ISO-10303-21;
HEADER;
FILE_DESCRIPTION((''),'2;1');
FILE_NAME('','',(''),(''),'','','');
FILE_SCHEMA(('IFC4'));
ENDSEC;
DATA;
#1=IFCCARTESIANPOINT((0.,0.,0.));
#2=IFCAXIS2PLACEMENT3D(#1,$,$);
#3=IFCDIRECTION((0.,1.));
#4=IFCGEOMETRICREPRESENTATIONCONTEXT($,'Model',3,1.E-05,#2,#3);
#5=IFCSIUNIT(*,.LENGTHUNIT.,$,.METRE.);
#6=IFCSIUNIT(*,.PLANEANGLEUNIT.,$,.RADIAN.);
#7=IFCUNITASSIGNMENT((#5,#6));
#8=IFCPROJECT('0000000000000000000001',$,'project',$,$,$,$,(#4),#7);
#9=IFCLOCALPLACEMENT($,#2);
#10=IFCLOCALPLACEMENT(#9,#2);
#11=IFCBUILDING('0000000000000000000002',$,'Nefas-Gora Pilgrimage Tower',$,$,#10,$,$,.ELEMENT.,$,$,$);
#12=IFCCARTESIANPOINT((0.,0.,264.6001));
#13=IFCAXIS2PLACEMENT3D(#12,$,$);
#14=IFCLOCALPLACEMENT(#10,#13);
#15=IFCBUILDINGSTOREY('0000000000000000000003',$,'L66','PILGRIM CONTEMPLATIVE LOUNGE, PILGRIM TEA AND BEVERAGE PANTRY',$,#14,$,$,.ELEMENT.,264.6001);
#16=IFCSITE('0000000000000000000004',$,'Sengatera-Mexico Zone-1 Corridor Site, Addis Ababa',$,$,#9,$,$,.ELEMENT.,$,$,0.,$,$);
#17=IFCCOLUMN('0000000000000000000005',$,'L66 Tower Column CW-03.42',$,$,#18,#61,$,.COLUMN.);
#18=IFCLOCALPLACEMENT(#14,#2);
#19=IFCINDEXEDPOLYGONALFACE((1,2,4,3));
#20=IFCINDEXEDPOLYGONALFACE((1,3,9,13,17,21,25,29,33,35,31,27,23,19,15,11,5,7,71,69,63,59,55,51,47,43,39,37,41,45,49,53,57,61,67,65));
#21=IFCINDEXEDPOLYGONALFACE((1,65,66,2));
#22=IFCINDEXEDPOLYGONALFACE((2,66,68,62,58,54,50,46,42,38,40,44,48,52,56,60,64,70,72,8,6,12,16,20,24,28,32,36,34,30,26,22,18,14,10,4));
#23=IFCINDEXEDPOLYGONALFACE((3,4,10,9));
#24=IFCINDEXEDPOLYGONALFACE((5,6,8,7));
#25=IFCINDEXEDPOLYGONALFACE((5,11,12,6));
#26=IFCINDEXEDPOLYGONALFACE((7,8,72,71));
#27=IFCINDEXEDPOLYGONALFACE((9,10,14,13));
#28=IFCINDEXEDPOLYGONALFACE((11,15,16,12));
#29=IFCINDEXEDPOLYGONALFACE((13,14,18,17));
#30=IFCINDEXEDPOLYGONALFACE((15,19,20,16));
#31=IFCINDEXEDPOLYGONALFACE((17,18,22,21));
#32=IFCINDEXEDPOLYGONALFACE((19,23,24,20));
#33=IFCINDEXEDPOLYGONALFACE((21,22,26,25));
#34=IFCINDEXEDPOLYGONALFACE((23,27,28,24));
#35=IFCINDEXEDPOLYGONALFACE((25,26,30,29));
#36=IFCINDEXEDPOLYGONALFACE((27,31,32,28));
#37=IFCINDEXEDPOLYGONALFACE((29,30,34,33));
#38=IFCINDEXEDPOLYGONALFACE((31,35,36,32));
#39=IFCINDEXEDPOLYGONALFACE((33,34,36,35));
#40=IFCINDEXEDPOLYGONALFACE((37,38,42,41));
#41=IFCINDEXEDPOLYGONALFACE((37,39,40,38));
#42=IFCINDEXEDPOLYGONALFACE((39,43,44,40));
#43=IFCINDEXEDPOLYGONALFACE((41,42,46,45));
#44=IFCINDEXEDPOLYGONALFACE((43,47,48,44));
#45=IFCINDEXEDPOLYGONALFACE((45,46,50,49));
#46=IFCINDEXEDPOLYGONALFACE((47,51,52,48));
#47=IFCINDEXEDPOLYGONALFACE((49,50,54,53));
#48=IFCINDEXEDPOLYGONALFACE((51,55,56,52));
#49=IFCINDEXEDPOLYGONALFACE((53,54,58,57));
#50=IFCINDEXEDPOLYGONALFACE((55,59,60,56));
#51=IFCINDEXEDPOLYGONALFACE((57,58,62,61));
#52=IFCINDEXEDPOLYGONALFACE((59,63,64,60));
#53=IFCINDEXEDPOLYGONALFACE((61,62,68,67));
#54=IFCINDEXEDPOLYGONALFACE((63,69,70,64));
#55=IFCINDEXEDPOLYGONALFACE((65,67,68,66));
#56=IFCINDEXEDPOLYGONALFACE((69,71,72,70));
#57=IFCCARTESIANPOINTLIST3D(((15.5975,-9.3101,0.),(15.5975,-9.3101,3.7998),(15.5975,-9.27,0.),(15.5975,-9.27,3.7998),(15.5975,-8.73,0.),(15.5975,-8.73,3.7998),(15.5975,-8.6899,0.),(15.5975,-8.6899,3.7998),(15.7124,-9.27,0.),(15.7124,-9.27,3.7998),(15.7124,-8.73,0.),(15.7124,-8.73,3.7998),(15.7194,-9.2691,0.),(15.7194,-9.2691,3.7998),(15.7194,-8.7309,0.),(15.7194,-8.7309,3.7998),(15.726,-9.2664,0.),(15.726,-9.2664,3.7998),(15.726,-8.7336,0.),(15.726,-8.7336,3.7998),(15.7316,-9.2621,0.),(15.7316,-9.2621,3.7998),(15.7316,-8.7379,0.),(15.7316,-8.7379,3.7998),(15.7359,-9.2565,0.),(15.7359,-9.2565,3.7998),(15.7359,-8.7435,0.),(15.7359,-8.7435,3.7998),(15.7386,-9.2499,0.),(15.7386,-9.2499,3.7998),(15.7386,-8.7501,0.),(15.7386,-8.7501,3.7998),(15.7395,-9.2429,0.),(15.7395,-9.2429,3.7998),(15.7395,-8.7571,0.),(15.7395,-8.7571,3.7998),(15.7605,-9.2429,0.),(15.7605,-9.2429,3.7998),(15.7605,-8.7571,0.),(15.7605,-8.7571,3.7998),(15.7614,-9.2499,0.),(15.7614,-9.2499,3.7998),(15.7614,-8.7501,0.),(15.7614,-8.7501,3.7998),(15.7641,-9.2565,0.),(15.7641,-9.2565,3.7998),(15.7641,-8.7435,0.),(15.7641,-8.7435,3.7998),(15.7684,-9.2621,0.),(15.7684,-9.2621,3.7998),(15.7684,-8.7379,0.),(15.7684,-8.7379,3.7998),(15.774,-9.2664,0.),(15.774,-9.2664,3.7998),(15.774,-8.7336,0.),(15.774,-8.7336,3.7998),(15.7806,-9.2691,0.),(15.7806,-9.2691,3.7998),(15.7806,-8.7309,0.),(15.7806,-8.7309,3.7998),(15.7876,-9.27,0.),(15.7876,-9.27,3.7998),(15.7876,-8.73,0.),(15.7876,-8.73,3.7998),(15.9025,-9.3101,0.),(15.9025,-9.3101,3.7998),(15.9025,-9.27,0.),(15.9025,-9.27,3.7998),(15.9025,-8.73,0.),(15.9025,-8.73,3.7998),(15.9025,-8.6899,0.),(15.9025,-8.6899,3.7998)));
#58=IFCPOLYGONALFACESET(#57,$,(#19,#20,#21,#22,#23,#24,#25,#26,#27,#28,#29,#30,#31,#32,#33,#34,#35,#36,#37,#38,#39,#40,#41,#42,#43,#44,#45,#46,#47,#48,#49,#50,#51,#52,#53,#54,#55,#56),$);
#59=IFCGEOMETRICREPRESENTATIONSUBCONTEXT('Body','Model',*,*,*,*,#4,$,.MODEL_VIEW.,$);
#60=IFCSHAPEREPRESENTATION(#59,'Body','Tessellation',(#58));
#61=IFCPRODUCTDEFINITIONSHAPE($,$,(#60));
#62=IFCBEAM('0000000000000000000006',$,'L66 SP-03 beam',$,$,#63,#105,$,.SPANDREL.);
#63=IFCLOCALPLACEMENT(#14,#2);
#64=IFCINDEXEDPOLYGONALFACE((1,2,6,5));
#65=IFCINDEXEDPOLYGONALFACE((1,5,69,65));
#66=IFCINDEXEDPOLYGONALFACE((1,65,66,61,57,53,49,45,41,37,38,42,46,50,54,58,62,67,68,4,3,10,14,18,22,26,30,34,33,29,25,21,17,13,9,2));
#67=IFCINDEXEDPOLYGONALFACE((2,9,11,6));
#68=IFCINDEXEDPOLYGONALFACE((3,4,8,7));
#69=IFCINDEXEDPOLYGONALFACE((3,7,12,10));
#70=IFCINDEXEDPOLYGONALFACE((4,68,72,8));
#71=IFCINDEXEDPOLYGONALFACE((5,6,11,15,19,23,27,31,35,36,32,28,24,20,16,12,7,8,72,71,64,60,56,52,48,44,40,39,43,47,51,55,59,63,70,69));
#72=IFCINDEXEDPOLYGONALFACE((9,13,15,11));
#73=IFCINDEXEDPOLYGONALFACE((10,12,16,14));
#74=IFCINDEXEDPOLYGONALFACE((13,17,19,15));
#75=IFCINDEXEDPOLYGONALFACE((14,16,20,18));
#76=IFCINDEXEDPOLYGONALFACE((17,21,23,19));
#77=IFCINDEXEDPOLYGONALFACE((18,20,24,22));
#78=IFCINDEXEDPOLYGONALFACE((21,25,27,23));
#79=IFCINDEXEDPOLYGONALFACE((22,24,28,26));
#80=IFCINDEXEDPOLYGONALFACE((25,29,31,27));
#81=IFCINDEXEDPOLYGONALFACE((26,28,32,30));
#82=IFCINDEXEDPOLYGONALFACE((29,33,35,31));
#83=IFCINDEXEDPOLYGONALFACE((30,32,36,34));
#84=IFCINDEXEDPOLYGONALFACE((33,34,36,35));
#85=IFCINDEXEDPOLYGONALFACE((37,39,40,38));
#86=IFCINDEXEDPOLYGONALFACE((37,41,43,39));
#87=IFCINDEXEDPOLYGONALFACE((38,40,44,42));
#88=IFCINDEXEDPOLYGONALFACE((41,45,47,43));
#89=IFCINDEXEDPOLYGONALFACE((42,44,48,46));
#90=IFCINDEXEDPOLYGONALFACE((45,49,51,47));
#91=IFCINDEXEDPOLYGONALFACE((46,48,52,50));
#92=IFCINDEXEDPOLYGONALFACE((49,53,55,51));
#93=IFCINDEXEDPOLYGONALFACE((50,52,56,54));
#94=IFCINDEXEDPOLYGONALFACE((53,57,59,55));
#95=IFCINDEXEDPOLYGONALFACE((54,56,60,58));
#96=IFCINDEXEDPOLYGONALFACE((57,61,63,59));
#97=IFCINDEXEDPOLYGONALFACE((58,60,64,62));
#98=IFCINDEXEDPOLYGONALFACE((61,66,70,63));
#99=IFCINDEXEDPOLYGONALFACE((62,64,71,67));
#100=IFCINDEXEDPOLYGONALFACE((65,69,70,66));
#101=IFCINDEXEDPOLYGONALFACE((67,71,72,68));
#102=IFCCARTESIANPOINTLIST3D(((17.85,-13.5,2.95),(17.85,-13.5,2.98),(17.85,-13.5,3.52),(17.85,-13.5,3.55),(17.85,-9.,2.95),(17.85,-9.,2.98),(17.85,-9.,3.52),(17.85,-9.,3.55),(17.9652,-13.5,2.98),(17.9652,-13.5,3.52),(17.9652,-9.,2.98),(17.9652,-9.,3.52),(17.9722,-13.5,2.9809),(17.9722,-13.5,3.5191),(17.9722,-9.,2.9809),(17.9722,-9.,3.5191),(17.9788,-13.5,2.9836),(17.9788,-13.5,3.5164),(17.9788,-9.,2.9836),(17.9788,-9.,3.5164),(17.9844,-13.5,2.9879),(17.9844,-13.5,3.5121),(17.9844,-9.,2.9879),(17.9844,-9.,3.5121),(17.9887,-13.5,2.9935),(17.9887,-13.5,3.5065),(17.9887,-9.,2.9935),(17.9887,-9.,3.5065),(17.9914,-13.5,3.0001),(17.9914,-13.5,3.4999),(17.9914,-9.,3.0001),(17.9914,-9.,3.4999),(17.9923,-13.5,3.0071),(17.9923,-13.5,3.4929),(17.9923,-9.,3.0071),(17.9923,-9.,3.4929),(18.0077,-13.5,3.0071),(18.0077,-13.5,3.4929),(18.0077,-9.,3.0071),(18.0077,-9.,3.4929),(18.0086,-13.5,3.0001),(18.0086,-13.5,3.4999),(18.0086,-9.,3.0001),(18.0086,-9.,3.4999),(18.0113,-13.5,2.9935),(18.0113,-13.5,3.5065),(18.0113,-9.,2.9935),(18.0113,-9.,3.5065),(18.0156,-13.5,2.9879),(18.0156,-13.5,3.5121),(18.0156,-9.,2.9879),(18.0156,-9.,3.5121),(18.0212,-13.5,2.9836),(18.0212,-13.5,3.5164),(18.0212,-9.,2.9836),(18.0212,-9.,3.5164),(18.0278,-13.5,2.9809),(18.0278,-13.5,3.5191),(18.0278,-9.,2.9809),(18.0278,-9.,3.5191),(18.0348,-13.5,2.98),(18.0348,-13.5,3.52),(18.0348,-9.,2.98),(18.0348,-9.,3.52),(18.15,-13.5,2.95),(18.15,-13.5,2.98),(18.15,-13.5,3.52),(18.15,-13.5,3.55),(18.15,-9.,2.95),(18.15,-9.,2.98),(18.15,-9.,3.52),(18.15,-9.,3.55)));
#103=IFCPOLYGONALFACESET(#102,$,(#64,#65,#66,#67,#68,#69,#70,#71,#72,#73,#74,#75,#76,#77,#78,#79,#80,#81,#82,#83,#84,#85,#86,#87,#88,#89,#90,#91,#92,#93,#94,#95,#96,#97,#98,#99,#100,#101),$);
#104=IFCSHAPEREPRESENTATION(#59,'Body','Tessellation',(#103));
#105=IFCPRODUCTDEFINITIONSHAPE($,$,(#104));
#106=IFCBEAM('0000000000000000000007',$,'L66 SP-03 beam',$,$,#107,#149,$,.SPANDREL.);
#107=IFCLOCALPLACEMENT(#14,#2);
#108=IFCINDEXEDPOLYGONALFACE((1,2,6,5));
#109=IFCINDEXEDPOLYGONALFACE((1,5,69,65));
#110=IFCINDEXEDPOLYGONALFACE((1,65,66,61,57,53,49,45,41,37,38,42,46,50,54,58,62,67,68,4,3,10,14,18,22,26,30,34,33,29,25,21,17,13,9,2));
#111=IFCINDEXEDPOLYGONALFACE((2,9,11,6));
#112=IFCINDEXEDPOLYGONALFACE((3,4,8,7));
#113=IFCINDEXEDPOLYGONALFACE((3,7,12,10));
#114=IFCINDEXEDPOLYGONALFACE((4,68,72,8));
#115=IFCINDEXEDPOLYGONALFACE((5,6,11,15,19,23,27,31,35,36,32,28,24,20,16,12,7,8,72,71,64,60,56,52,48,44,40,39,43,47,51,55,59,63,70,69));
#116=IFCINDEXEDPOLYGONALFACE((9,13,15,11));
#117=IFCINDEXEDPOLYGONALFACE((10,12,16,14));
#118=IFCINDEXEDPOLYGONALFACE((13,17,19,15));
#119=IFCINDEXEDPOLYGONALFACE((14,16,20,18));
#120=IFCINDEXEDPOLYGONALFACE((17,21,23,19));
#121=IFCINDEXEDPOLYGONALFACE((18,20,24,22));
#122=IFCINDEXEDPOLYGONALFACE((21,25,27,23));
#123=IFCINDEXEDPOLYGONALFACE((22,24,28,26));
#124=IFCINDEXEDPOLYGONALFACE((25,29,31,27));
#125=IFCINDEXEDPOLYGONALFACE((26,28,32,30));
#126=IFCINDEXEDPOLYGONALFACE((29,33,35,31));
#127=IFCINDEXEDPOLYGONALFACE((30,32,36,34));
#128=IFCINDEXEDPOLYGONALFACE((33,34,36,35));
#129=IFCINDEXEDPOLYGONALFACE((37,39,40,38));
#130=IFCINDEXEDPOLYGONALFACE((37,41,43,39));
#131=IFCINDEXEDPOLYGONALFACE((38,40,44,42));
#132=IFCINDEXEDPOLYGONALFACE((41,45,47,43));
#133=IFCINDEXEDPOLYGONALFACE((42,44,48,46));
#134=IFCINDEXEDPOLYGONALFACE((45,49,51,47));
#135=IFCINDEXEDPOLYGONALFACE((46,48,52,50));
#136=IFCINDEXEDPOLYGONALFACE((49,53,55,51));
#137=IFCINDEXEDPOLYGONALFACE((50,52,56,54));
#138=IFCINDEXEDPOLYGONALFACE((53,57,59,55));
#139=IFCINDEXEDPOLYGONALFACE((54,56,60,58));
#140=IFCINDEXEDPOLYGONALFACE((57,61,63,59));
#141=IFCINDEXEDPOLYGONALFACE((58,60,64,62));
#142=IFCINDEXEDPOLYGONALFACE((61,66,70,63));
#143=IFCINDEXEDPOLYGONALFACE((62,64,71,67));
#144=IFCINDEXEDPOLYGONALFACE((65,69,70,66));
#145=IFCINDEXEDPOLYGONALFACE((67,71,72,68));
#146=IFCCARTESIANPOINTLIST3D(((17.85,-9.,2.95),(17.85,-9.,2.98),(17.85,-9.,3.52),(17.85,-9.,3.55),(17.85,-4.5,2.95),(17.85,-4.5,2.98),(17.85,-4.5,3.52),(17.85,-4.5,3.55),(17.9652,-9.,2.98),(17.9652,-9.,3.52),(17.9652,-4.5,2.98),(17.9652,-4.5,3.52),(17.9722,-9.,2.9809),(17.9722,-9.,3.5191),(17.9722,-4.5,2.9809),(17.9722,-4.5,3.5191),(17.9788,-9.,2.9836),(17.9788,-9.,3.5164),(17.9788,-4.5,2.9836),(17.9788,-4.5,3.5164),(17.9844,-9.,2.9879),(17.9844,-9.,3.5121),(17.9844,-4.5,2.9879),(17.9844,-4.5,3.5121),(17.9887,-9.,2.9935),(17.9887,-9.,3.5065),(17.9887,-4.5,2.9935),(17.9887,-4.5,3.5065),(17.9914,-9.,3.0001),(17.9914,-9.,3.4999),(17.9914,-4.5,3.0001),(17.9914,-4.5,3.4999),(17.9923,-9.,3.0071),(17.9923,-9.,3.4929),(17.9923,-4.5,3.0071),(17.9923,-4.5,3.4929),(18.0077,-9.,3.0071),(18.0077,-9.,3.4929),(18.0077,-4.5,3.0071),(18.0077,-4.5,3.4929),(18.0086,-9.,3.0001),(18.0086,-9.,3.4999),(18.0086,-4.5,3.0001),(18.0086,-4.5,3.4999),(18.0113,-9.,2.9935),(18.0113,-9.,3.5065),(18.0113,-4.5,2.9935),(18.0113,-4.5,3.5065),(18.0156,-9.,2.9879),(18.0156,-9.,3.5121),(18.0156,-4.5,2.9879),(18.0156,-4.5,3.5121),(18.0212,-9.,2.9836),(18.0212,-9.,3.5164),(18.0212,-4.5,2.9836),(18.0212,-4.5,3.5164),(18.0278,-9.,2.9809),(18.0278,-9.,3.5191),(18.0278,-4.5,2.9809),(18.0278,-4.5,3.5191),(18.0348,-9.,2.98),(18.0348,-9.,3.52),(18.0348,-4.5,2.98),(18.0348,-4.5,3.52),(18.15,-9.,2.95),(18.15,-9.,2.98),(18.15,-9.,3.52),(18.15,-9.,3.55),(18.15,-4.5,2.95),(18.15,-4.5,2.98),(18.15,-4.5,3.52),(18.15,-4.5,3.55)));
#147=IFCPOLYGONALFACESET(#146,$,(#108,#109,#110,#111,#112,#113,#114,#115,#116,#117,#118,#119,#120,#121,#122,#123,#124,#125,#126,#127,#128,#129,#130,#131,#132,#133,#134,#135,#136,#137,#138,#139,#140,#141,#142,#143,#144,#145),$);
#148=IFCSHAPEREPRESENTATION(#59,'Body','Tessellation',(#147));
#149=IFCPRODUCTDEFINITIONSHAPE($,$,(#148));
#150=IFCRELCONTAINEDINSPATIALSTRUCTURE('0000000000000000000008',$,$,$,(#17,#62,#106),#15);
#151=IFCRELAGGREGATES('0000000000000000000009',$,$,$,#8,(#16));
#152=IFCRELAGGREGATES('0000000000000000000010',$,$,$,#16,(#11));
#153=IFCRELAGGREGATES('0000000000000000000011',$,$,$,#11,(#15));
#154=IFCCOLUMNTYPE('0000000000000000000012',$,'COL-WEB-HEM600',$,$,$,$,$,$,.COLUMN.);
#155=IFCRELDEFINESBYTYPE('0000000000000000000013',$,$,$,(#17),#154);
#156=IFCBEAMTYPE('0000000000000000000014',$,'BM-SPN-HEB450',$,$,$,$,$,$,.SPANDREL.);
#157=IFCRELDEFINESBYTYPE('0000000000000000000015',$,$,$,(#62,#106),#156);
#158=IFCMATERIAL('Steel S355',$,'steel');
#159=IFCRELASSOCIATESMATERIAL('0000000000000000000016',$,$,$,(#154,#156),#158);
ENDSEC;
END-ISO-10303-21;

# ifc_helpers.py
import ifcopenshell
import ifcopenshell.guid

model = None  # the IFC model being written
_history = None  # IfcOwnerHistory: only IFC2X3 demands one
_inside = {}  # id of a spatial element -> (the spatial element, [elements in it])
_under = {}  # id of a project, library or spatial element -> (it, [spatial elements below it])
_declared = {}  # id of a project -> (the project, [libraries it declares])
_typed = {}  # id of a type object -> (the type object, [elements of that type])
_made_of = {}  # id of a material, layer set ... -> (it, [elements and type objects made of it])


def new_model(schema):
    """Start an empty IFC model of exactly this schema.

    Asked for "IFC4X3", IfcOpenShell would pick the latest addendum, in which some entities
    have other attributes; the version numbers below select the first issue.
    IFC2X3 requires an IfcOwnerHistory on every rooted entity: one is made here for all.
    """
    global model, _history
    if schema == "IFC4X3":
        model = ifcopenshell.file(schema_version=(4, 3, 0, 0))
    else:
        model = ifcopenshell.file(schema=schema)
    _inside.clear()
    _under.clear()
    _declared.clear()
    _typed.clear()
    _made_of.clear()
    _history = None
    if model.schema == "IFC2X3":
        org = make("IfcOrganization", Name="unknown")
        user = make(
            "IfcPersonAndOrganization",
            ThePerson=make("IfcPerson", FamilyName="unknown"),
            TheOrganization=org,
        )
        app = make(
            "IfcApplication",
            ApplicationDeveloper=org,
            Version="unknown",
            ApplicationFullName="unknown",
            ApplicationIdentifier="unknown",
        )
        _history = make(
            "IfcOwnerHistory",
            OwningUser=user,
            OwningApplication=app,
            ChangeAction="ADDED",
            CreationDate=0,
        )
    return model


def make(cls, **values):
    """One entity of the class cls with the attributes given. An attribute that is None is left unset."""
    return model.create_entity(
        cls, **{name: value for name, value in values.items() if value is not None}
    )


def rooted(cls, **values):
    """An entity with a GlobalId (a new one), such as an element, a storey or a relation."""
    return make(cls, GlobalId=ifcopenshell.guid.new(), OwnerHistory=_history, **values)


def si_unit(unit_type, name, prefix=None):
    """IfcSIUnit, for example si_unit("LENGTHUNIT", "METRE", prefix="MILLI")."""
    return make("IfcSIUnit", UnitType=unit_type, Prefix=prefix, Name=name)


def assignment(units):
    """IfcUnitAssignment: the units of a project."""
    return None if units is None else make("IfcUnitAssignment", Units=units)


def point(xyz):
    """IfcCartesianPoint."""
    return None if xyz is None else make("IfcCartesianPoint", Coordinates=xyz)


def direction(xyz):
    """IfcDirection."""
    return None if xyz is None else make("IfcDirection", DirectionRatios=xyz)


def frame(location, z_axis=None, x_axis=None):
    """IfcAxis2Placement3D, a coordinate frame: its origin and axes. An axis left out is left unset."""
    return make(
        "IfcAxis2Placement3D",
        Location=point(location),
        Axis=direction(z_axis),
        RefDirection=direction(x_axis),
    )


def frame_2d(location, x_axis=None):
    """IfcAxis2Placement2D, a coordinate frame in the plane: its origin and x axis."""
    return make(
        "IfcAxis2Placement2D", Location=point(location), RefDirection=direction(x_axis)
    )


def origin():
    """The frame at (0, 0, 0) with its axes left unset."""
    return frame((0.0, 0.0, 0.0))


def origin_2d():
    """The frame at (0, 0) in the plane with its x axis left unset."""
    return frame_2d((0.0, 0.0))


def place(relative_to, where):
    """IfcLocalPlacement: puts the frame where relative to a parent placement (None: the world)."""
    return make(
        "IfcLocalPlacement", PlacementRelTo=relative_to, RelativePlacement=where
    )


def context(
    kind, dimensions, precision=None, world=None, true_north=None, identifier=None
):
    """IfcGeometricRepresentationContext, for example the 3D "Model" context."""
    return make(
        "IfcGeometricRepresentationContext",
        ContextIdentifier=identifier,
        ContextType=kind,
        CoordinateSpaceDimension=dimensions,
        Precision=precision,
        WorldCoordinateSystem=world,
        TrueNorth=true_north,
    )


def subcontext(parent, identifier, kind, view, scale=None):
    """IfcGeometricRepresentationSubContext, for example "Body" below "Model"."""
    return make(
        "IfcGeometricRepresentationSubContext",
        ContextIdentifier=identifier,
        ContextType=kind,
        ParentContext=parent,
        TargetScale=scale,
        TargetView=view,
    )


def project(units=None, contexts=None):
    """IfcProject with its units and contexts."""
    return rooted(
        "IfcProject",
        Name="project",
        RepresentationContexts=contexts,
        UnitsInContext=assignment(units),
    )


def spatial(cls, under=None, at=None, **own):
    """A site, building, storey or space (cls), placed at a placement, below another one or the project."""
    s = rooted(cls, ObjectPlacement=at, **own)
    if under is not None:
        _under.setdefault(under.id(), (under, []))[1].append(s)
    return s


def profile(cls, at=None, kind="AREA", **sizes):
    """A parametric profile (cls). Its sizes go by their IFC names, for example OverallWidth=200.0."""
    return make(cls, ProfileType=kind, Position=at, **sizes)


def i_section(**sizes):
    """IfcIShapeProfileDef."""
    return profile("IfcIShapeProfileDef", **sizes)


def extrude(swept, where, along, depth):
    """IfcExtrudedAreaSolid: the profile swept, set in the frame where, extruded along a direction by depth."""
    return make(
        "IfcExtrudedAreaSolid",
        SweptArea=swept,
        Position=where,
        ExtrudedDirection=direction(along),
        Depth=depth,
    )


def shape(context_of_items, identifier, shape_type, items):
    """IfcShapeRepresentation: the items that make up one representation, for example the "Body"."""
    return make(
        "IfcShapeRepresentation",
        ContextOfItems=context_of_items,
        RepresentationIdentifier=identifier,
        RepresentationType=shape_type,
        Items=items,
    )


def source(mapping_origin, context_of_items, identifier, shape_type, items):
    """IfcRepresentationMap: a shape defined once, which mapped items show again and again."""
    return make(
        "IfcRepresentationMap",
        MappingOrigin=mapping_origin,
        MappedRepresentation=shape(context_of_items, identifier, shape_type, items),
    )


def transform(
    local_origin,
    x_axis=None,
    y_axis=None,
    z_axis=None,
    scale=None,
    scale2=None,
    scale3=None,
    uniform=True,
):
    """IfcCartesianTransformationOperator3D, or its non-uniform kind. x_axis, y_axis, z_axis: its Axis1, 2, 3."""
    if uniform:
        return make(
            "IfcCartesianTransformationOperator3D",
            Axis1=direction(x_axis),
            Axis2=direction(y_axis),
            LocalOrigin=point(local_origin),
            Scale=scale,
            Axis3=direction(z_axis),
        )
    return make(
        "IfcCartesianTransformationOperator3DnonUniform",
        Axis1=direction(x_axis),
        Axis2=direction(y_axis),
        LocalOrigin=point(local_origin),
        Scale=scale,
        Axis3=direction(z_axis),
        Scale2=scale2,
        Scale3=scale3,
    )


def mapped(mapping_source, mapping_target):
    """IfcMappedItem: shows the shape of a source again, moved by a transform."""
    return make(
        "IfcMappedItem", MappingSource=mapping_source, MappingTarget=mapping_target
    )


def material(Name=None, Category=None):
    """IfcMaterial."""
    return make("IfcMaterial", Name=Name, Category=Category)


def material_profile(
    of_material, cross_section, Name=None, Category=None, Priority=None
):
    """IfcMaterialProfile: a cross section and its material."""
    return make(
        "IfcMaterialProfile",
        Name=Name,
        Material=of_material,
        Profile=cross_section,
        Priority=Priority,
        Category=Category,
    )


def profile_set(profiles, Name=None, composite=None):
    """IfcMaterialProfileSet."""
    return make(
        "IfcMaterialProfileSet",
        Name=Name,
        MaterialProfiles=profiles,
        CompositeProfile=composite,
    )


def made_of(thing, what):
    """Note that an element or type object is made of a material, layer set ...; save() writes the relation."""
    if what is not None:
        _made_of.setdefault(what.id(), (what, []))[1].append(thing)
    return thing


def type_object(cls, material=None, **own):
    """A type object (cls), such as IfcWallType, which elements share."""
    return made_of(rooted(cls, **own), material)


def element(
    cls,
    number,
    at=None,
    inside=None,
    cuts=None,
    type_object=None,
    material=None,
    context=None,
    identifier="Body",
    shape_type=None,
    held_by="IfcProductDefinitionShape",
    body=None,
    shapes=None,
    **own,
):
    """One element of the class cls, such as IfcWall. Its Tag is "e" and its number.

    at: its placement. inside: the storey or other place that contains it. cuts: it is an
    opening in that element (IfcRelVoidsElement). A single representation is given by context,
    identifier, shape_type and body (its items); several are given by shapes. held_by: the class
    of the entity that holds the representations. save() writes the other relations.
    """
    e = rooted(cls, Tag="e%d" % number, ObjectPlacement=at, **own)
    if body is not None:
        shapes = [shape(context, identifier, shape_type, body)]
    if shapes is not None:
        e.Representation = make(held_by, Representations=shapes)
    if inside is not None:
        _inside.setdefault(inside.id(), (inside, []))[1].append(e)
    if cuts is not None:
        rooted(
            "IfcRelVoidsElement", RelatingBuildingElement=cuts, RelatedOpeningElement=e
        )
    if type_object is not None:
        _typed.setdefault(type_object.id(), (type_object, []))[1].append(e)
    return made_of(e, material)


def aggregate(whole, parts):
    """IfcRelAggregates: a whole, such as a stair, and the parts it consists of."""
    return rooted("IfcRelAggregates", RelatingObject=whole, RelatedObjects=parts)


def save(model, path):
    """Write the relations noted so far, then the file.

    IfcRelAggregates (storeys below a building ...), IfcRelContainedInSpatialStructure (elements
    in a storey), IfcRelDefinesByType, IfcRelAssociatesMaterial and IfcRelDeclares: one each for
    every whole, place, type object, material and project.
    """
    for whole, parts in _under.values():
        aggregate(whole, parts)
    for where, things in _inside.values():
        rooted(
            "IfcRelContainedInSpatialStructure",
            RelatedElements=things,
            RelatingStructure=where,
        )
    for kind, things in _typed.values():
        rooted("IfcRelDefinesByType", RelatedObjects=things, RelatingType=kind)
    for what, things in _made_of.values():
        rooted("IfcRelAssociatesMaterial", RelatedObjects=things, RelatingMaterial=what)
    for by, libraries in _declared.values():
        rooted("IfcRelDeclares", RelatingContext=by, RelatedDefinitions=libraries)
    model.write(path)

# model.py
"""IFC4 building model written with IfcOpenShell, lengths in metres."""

from ifc_helpers import new_model, si_unit, direction, frame, origin, origin_2d, place, context, subcontext, project, spatial, i_section, extrude, source, transform, mapped, material, material_profile, profile_set, type_object, element, save


model = new_model("IFC4")

# Units and contexts
model_context = context("Model", 3, precision=1e-05, world=origin(), true_north=direction((0.0, 1.0)))
body_context = subcontext(model_context, "Body", "Model", "MODEL_VIEW")
ifc_project = project(units=[si_unit("LENGTHUNIT", "METRE"), si_unit("PLANEANGLEUNIT", "RADIAN")], contexts=[model_context])

# Site, building, storey
site_placement = place(None, origin())
site = spatial("IfcSite", under=ifc_project, at=site_placement, Name="Sengatera-Mexico Zone-1 Corridor Site, Addis Ababa", CompositionType="ELEMENT", RefElevation=0.0)
building_placement = place(site_placement, origin())
building = spatial("IfcBuilding", under=site, at=building_placement, Name="Nefas-Gora Pilgrimage Tower", CompositionType="ELEMENT")
storey_placement = place(building_placement, frame((0.0, 0.0, 264.6001)))
storey = spatial("IfcBuildingStorey", under=building, at=storey_placement, Name="L66", Description="PILGRIM CONTEMPLATIVE LOUNGE, PILGRIM TEA AND BEVERAGE PANTRY", CompositionType="ELEMENT", Elevation=264.6001)

# Column
ifc_material_1 = material(Name="Steel S355", Category="steel")
ifc_material_profile_1 = material_profile(ifc_material_1, i_section(OverallWidth=0.3049, OverallDepth=0.6201, WebThickness=0.021, FlangeThickness=0.04, FilletRadius=0.0271, at=origin_2d()), Name="HEM 600")
ifc_profile_set_1 = profile_set([ifc_material_profile_1], Name="Steel S355")
column_type_1 = type_object("IfcColumnType", Name="COL-WEB-HEM600", PredefinedType="COLUMN", material=ifc_profile_set_1)
shared_shape_1 = source(origin(), body_context, "Body", "SweptSolid", [
    extrude(i_section(OverallWidth=0.3049, OverallDepth=0.6201, WebThickness=0.021, FlangeThickness=0.04, FilletRadius=0.0271, at=origin_2d()), origin(), (0.0, 0.0, 1.0), 3.7998),
])
for number, where, z_axis, x_axis, name in (
    (1, (15.75, -9.0, 0.0), (0.0, 0.0, 1.0), (1.0, 0.0, 0.0), "L66 Tower Column CW-03.42"),
):
    element("IfcColumn", number, at=place(storey_placement, frame(where, z_axis=z_axis, x_axis=x_axis)), inside=storey, type_object=column_type_1, Name=name, PredefinedType="COLUMN", context=body_context, shape_type="MappedRepresentation", body=[
        mapped(shared_shape_1, transform((0.0, 0.0, 0.0), x_axis=(1.0, 0.0, 0.0), y_axis=(0.0, 1.0, 0.0), z_axis=(0.0, 0.0, 1.0), scale=1.0)),
    ])

# Beams
ifc_material_profile_2 = material_profile(ifc_material_1, i_section(OverallWidth=0.3, OverallDepth=0.6001, WebThickness=0.0154, FlangeThickness=0.03, FilletRadius=0.0271, at=origin_2d()), Name="HEB 600")
ifc_profile_set_2 = profile_set([ifc_material_profile_2], Name="Steel S355")
beam_type_1 = type_object("IfcBeamType", Name="BM-SPN-HEB450", PredefinedType="SPANDREL", material=ifc_profile_set_2)
shared_shape_2 = source(origin(), body_context, "Body", "SweptSolid", [
    extrude(i_section(OverallWidth=0.3, OverallDepth=0.6001, WebThickness=0.0154, FlangeThickness=0.03, FilletRadius=0.0271, at=origin_2d()), origin(), (0.0, 0.0, 1.0), 4.5),
])
for number, where, z_axis, x_axis, name in (
    (2, (18.0, -13.5, 3.25), (0.0, 1.0, 0.0), (-1.0, 0.0, 0.0), "L66 SP-03 beam"),
    (3, (18.0, -9.0, 3.25), (0.0, 1.0, 0.0), (-1.0, 0.0, 0.0), "L66 SP-03 beam"),
):
    element("IfcBeam", number, at=place(storey_placement, frame(where, z_axis=z_axis, x_axis=x_axis)), inside=storey, type_object=beam_type_1, Name=name, PredefinedType="SPANDREL", context=body_context, shape_type="MappedRepresentation", body=[
        mapped(shared_shape_2, transform((0.0, 0.0, 0.0), x_axis=(1.0, 0.0, 0.0), y_axis=(0.0, 1.0, 0.0), z_axis=(0.0, 0.0, 1.0), scale=1.0)),
    ])

save(model, "model.ifc")
